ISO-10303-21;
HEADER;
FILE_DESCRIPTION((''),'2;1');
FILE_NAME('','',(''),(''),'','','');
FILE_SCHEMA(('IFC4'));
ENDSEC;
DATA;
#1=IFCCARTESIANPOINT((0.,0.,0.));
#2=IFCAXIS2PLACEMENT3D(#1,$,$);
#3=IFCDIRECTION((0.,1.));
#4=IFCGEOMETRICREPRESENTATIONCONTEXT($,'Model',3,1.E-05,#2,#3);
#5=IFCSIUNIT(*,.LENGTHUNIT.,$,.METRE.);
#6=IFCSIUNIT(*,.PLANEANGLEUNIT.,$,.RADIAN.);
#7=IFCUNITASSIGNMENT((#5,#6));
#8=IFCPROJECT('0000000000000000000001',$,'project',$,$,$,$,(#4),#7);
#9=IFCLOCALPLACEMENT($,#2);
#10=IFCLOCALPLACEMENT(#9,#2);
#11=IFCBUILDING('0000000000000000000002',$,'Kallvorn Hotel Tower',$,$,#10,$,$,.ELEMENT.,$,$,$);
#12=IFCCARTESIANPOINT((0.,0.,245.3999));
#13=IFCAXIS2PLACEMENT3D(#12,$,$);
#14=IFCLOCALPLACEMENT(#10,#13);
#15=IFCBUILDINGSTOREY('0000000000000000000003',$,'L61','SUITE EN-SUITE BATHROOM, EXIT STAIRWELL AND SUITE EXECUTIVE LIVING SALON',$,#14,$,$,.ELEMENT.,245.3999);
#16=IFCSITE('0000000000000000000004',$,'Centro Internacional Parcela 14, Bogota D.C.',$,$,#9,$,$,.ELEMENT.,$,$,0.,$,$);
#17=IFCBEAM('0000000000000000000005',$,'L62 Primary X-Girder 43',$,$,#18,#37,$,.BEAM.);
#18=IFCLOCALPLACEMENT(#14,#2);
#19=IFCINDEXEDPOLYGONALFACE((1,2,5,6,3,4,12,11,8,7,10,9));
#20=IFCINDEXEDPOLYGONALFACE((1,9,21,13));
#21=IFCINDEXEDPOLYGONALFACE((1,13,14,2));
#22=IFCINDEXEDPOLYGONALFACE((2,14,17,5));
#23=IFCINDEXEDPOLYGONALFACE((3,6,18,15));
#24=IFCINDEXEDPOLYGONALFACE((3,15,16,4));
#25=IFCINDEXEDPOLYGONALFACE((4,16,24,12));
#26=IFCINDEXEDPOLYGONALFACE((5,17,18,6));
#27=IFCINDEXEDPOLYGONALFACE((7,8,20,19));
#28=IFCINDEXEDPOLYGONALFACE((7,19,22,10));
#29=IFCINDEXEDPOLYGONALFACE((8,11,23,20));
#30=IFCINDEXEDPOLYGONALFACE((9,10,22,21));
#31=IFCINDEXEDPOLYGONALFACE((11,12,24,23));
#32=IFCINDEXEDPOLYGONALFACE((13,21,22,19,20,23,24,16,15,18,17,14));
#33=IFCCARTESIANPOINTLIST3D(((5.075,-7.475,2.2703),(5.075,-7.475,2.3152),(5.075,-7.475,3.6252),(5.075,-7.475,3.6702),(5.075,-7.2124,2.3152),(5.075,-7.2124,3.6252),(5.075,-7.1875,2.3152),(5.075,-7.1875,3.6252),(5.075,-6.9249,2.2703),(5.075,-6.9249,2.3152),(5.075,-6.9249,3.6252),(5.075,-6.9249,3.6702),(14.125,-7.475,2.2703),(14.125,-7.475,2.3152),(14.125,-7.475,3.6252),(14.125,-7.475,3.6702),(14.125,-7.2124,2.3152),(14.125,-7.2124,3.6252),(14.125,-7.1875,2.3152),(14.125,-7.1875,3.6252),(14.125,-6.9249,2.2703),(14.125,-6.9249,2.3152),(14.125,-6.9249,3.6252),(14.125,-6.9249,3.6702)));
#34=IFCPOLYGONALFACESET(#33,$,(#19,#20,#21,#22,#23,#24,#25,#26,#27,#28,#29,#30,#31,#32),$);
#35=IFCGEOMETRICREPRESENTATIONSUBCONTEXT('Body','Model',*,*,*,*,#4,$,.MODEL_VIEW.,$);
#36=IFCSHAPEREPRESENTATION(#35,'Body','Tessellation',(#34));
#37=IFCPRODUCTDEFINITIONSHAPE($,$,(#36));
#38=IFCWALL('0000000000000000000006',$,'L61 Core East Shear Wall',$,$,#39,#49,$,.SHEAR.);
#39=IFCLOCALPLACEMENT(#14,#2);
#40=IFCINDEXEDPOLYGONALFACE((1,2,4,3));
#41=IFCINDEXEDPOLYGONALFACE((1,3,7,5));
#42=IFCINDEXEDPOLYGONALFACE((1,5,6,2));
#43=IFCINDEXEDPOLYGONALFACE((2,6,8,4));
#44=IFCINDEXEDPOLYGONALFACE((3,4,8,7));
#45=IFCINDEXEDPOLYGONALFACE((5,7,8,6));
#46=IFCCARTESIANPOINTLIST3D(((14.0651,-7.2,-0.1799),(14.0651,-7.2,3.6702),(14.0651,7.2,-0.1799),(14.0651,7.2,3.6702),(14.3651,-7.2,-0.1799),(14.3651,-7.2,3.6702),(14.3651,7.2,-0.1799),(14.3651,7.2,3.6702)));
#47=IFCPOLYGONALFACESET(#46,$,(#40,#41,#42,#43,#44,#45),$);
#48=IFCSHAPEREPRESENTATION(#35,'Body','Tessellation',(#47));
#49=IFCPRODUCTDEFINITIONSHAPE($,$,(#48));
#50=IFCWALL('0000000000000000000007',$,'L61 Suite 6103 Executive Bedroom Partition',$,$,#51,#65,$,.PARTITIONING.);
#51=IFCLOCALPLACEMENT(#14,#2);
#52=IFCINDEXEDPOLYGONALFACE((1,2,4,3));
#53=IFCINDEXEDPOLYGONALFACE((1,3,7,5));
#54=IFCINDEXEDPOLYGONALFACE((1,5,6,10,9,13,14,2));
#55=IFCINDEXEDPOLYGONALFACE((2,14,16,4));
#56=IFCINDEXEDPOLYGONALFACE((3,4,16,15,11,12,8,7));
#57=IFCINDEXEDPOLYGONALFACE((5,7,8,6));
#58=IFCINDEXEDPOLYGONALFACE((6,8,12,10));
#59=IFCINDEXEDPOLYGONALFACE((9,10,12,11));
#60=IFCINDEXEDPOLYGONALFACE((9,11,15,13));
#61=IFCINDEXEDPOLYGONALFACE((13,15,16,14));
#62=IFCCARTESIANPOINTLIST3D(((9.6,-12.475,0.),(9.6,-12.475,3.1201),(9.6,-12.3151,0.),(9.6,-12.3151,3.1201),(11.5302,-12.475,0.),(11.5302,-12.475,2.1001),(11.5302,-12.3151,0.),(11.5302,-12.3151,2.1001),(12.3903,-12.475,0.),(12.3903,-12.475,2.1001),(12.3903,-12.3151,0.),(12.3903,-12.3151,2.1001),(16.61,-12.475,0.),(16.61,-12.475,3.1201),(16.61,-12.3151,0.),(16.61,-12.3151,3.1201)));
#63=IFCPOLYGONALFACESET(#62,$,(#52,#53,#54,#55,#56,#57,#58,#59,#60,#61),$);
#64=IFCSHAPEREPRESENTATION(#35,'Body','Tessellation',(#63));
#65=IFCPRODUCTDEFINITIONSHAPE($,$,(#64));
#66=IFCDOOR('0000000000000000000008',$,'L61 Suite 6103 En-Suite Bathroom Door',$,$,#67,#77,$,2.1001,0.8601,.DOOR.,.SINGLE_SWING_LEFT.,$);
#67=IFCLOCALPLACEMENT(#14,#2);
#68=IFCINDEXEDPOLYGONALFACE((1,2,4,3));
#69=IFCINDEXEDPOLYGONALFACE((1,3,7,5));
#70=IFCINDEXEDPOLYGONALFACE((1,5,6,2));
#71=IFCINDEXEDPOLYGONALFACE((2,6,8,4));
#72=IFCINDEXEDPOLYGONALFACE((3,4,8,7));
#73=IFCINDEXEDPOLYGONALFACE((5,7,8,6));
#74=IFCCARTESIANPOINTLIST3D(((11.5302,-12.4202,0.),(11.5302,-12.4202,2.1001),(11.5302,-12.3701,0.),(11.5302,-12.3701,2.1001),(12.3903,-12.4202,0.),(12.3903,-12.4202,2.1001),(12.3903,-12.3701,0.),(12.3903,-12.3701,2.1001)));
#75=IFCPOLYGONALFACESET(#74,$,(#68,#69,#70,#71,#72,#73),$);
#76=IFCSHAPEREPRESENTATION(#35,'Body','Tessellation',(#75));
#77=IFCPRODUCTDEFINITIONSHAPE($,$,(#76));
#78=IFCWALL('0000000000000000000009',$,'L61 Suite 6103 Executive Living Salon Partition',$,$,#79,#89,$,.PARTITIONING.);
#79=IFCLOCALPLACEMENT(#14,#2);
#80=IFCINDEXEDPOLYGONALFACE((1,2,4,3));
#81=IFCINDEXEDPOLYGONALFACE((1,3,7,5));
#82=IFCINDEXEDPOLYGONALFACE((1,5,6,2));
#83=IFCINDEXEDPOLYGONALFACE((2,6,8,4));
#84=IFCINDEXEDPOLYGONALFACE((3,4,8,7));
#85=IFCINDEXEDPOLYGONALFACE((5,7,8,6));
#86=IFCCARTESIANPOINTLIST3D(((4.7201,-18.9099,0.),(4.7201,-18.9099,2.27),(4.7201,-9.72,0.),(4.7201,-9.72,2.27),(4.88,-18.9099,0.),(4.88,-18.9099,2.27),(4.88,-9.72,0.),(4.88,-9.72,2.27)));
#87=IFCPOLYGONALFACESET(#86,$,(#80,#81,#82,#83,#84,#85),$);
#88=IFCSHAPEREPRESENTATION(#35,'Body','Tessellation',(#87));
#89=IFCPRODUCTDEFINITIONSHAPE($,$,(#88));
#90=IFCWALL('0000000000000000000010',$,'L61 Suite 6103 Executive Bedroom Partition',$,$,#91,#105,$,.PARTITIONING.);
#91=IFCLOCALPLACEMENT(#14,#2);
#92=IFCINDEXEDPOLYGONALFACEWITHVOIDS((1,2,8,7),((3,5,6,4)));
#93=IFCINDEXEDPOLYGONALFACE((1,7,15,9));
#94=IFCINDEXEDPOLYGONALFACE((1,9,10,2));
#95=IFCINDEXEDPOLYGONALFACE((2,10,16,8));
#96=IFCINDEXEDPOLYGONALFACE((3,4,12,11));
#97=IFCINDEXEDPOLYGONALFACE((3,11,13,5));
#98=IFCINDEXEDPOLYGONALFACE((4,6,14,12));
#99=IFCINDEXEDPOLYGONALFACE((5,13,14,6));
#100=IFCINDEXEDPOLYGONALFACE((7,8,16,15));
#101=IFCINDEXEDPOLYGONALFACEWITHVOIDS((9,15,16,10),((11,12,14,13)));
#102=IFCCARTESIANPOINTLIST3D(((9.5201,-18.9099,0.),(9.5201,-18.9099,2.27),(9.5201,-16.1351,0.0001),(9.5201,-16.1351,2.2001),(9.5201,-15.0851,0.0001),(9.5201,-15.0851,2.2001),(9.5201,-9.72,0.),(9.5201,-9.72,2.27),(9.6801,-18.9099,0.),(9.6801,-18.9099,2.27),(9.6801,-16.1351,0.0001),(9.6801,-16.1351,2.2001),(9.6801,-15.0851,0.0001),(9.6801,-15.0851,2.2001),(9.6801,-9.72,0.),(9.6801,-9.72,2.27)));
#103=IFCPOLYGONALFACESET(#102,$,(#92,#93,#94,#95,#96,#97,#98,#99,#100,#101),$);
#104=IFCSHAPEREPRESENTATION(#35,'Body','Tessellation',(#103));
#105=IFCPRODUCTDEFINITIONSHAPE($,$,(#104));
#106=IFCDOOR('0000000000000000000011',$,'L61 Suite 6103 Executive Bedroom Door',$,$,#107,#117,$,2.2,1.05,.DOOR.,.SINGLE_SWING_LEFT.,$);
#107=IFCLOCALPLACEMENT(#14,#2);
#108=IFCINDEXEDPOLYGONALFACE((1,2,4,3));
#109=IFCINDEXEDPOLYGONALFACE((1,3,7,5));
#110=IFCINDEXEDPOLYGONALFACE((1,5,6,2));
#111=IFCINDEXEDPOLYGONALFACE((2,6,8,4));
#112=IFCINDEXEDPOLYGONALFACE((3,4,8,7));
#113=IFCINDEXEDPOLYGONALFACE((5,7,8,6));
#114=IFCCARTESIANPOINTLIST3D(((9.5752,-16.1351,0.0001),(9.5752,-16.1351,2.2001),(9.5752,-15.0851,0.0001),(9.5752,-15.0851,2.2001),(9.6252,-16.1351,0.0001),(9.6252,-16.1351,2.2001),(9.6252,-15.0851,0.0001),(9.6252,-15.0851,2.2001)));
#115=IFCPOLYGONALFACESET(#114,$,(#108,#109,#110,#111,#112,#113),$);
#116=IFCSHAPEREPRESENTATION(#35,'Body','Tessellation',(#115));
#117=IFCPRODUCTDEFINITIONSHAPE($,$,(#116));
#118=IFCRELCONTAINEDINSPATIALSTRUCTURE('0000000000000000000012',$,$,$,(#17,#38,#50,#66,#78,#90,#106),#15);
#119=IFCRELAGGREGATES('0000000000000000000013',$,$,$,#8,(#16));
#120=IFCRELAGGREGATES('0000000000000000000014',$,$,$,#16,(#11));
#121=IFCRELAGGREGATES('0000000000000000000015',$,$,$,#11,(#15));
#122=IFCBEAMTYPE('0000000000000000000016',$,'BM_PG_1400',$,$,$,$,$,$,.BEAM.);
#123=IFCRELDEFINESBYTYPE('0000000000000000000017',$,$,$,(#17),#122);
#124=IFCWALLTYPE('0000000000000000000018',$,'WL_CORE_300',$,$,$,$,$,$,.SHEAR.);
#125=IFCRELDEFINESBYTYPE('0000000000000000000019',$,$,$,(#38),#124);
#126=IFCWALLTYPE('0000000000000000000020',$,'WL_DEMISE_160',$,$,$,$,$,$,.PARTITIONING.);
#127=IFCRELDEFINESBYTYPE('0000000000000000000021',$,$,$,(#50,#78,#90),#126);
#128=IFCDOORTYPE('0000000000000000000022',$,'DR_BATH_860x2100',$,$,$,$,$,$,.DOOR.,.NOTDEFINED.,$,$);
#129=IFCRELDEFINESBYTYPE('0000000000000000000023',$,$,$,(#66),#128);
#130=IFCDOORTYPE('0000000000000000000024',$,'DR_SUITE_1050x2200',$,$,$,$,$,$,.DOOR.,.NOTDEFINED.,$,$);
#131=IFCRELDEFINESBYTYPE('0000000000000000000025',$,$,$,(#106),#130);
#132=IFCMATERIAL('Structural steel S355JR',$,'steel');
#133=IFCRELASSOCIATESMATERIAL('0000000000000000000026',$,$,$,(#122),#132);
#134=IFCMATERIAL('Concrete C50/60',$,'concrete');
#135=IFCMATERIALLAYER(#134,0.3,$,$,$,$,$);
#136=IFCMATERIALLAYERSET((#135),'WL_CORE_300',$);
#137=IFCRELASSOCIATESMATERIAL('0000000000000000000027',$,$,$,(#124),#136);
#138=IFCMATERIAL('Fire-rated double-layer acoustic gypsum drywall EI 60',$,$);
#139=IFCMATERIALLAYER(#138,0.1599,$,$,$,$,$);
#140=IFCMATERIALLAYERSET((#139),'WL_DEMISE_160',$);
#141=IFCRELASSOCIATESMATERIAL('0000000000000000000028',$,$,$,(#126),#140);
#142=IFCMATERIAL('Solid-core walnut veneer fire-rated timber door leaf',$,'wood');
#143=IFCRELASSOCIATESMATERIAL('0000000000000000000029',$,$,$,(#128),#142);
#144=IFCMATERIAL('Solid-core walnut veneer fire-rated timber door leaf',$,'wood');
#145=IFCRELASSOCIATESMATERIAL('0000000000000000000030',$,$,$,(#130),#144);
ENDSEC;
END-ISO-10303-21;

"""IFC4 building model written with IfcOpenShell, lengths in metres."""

from ifc_helpers import new_model, si_unit, direction, frame, frame_2d, origin, origin_2d, place, context, subcontext, project, spatial, rectangle, i_section, extrude, material, layer, layer_set, material_profile, profile_set, type_object, element, fill, save


model = new_model("IFC4")

# Units and contexts
model_context = context("Model", 3, precision=1e-05, world=origin(), true_north=direction((0.0, 1.0)))
body_context = subcontext(model_context, "Body", "Model", "MODEL_VIEW")
ifc_project = project(units=[si_unit("LENGTHUNIT", "METRE"), si_unit("PLANEANGLEUNIT", "RADIAN")], contexts=[model_context])

# Site, building, storey
site_placement = place(None, origin())
site = spatial("IfcSite", under=ifc_project, at=site_placement, Name="Centro Internacional Parcela 14, Bogota D.C.", CompositionType="ELEMENT", RefElevation=0.0)
building_placement = place(site_placement, origin())
building = spatial("IfcBuilding", under=site, at=building_placement, Name="Kallvorn Hotel Tower", CompositionType="ELEMENT")
storey_placement = place(building_placement, frame((0.0, 0.0, 245.3999)))
storey = spatial("IfcBuildingStorey", under=building, at=storey_placement, Name="L61", Description="SUITE EN-SUITE BATHROOM, EXIT STAIRWELL AND SUITE EXECUTIVE LIVING SALON", CompositionType="ELEMENT", Elevation=245.3999)

# Beam
ifc_material_1 = material(Name="Structural steel S355JR", Category="steel")
ifc_material_profile_1 = material_profile(ifc_material_1, i_section(OverallWidth=0.55, OverallDepth=1.3999, WebThickness=0.0249, FlangeThickness=0.0449, at=origin_2d()), Name="PG 1400x550x25x45")
ifc_profile_set_1 = profile_set([ifc_material_profile_1], Name="Structural steel S355JR")
beam_type_1 = type_object("IfcBeamType", Name="BM_PG_1400", PredefinedType="BEAM", material=ifc_profile_set_1)
beam_1_placement = place(storey_placement, frame((5.075, -7.2, 2.9702), z_axis=(1.0, 0.0, 0.0), x_axis=(0.0, 1.0, 0.0)))
element("IfcBeam", 1, at=beam_1_placement, inside=storey, type_object=beam_type_1, Name="L62 Primary X-Girder 43", PredefinedType="BEAM", context=body_context, shape_type="SweptSolid", body=[
    extrude(i_section(OverallWidth=0.55, OverallDepth=1.3999, WebThickness=0.0249, FlangeThickness=0.0449, at=origin_2d()), origin(), (0.0, 0.0, 1.0), 9.05),
])

# Wall
ifc_material_2 = material(Name="Concrete C50/60", Category="concrete")
ifc_layer_1 = layer(ifc_material_2, 0.3)
ifc_layer_set_1 = layer_set([ifc_layer_1], Name="WL_CORE_300")
wall_type_1 = type_object("IfcWallType", Name="WL_CORE_300", PredefinedType="SHEAR", material=ifc_layer_set_1)
wall_1_placement = place(storey_placement, frame((14.2151, -7.2, -0.1799), z_axis=(0.0, 0.0, 1.0), x_axis=(0.0, 1.0, 0.0)))
element("IfcWall", 2, at=wall_1_placement, inside=storey, type_object=wall_type_1, Name="L61 Core East Shear Wall", PredefinedType="SHEAR", context=body_context, shape_type="SweptSolid", body=[
    extrude(rectangle(XDim=14.3999, YDim=0.3, at=frame_2d((7.2, 0.0))), origin(), (0.0, 0.0, 1.0), 3.8501),
])

# Wall, opening, door
ifc_material_3 = material(Name="Fire-rated double-layer acoustic gypsum drywall EI 60")
ifc_layer_2 = layer(ifc_material_3, 0.1599)
ifc_layer_set_2 = layer_set([ifc_layer_2], Name="WL_DEMISE_160")
wall_type_2 = type_object("IfcWallType", Name="WL_DEMISE_160", PredefinedType="PARTITIONING", material=ifc_layer_set_2)
wall_2_placement = place(storey_placement, frame((9.6001, -12.395, 0.0), z_axis=(0.0, 0.0, 1.0), x_axis=(1.0, 0.0, 0.0)))
wall_2 = element("IfcWall", 3, at=wall_2_placement, inside=storey, type_object=wall_type_2, Name="L61 Suite 6103 Executive Bedroom Partition", PredefinedType="PARTITIONING", context=body_context, shape_type="SweptSolid", body=[
    extrude(rectangle(XDim=7.01, YDim=0.1599, at=frame_2d((3.5049, 0.0))), origin(), (0.0, 0.0, 1.0), 3.1201),
])
opening_1_placement = place(wall_2_placement, frame((1.9299, 0.0, 0.0)))
opening_1 = element("IfcOpeningElement", 4, at=opening_1_placement, cuts=wall_2, PredefinedType="OPENING", context=body_context, shape_type="SweptSolid", body=[
    extrude(rectangle(XDim=0.8601, YDim=2.1001, at=frame_2d((0.4302, 1.05))), frame((0.0, 0.095, 0.0), z_axis=(0.0, -1.0, 0.0), x_axis=(1.0, 0.0, 0.0)), (0.0, 0.0, 1.0), 0.1899),
])
ifc_material_4 = material(Name="Solid-core walnut veneer fire-rated timber door leaf", Category="wood")
door_type_1 = type_object("IfcDoorType", Name="DR_BATH_860x2100", OperationType="NOTDEFINED", PredefinedType="DOOR", material=ifc_material_4)
door_1_placement = place(opening_1_placement, origin())
door_1 = element("IfcDoor", 5, at=door_1_placement, inside=storey, type_object=door_type_1, Name="L61 Suite 6103 En-Suite Bathroom Door", OperationType="SINGLE_SWING_LEFT", OverallHeight=2.1001, OverallWidth=0.8601, PredefinedType="DOOR", context=body_context, shape_type="SweptSolid", body=[
    extrude(rectangle(XDim=0.8601, YDim=2.1001, at=frame_2d((0.4302, 1.05))), frame((0.0, 0.0249, 0.0), z_axis=(0.0, -1.0, 0.0), x_axis=(1.0, 0.0, 0.0)), (0.0, 0.0, 1.0), 0.05),
])
fill(opening_1, door_1)

# Wall
wall_3_placement = place(storey_placement, frame((4.8, -18.9099, 0.0), z_axis=(0.0, 0.0, 1.0), x_axis=(0.0, 1.0, 0.0)))
element("IfcWall", 6, at=wall_3_placement, inside=storey, type_object=wall_type_2, Name="L61 Suite 6103 Executive Living Salon Partition", PredefinedType="PARTITIONING", context=body_context, shape_type="SweptSolid", body=[
    extrude(rectangle(XDim=9.1899, YDim=0.1599, at=frame_2d((4.595, 0.0))), origin(), (0.0, 0.0, 1.0), 2.27),
])

# Wall, opening, door
wall_4_placement = place(storey_placement, frame((9.6001, -18.9099, 0.0), z_axis=(0.0, 0.0, 1.0), x_axis=(0.0, 1.0, 0.0)))
wall_4 = element("IfcWall", 7, at=wall_4_placement, inside=storey, type_object=wall_type_2, Name="L61 Suite 6103 Executive Bedroom Partition", PredefinedType="PARTITIONING", context=body_context, shape_type="SweptSolid", body=[
    extrude(rectangle(XDim=9.1899, YDim=0.1599, at=frame_2d((4.595, 0.0))), origin(), (0.0, 0.0, 1.0), 2.27),
])
opening_2_placement = place(wall_4_placement, frame((2.7749, 0.0, 0.0)))
opening_2 = element("IfcOpeningElement", 8, at=opening_2_placement, cuts=wall_4, PredefinedType="OPENING", context=body_context, shape_type="SweptSolid", body=[
    extrude(rectangle(XDim=1.05, YDim=2.2, at=frame_2d((0.5249, 1.1001))), frame((0.0, 0.095, 0.0), z_axis=(0.0, -1.0, 0.0), x_axis=(1.0, 0.0, 0.0)), (0.0, 0.0, 1.0), 0.1899),
])
ifc_material_5 = material(Name="Solid-core walnut veneer fire-rated timber door leaf", Category="wood")
door_type_2 = type_object("IfcDoorType", Name="DR_SUITE_1050x2200", OperationType="NOTDEFINED", PredefinedType="DOOR", material=ifc_material_5)
door_2_placement = place(opening_2_placement, origin())
door_2 = element("IfcDoor", 9, at=door_2_placement, inside=storey, type_object=door_type_2, Name="L61 Suite 6103 Executive Bedroom Door", OperationType="SINGLE_SWING_LEFT", OverallHeight=2.2, OverallWidth=1.05, PredefinedType="DOOR", context=body_context, shape_type="SweptSolid", body=[
    extrude(rectangle(XDim=1.05, YDim=2.2, at=frame_2d((0.5249, 1.1001))), frame((0.0, 0.0249, 0.0), z_axis=(0.0, -1.0, 0.0), x_axis=(1.0, 0.0, 0.0)), (0.0, 0.0, 1.0), 0.05),
])
fill(opening_2, door_2)

save(model, "model.ifc")
